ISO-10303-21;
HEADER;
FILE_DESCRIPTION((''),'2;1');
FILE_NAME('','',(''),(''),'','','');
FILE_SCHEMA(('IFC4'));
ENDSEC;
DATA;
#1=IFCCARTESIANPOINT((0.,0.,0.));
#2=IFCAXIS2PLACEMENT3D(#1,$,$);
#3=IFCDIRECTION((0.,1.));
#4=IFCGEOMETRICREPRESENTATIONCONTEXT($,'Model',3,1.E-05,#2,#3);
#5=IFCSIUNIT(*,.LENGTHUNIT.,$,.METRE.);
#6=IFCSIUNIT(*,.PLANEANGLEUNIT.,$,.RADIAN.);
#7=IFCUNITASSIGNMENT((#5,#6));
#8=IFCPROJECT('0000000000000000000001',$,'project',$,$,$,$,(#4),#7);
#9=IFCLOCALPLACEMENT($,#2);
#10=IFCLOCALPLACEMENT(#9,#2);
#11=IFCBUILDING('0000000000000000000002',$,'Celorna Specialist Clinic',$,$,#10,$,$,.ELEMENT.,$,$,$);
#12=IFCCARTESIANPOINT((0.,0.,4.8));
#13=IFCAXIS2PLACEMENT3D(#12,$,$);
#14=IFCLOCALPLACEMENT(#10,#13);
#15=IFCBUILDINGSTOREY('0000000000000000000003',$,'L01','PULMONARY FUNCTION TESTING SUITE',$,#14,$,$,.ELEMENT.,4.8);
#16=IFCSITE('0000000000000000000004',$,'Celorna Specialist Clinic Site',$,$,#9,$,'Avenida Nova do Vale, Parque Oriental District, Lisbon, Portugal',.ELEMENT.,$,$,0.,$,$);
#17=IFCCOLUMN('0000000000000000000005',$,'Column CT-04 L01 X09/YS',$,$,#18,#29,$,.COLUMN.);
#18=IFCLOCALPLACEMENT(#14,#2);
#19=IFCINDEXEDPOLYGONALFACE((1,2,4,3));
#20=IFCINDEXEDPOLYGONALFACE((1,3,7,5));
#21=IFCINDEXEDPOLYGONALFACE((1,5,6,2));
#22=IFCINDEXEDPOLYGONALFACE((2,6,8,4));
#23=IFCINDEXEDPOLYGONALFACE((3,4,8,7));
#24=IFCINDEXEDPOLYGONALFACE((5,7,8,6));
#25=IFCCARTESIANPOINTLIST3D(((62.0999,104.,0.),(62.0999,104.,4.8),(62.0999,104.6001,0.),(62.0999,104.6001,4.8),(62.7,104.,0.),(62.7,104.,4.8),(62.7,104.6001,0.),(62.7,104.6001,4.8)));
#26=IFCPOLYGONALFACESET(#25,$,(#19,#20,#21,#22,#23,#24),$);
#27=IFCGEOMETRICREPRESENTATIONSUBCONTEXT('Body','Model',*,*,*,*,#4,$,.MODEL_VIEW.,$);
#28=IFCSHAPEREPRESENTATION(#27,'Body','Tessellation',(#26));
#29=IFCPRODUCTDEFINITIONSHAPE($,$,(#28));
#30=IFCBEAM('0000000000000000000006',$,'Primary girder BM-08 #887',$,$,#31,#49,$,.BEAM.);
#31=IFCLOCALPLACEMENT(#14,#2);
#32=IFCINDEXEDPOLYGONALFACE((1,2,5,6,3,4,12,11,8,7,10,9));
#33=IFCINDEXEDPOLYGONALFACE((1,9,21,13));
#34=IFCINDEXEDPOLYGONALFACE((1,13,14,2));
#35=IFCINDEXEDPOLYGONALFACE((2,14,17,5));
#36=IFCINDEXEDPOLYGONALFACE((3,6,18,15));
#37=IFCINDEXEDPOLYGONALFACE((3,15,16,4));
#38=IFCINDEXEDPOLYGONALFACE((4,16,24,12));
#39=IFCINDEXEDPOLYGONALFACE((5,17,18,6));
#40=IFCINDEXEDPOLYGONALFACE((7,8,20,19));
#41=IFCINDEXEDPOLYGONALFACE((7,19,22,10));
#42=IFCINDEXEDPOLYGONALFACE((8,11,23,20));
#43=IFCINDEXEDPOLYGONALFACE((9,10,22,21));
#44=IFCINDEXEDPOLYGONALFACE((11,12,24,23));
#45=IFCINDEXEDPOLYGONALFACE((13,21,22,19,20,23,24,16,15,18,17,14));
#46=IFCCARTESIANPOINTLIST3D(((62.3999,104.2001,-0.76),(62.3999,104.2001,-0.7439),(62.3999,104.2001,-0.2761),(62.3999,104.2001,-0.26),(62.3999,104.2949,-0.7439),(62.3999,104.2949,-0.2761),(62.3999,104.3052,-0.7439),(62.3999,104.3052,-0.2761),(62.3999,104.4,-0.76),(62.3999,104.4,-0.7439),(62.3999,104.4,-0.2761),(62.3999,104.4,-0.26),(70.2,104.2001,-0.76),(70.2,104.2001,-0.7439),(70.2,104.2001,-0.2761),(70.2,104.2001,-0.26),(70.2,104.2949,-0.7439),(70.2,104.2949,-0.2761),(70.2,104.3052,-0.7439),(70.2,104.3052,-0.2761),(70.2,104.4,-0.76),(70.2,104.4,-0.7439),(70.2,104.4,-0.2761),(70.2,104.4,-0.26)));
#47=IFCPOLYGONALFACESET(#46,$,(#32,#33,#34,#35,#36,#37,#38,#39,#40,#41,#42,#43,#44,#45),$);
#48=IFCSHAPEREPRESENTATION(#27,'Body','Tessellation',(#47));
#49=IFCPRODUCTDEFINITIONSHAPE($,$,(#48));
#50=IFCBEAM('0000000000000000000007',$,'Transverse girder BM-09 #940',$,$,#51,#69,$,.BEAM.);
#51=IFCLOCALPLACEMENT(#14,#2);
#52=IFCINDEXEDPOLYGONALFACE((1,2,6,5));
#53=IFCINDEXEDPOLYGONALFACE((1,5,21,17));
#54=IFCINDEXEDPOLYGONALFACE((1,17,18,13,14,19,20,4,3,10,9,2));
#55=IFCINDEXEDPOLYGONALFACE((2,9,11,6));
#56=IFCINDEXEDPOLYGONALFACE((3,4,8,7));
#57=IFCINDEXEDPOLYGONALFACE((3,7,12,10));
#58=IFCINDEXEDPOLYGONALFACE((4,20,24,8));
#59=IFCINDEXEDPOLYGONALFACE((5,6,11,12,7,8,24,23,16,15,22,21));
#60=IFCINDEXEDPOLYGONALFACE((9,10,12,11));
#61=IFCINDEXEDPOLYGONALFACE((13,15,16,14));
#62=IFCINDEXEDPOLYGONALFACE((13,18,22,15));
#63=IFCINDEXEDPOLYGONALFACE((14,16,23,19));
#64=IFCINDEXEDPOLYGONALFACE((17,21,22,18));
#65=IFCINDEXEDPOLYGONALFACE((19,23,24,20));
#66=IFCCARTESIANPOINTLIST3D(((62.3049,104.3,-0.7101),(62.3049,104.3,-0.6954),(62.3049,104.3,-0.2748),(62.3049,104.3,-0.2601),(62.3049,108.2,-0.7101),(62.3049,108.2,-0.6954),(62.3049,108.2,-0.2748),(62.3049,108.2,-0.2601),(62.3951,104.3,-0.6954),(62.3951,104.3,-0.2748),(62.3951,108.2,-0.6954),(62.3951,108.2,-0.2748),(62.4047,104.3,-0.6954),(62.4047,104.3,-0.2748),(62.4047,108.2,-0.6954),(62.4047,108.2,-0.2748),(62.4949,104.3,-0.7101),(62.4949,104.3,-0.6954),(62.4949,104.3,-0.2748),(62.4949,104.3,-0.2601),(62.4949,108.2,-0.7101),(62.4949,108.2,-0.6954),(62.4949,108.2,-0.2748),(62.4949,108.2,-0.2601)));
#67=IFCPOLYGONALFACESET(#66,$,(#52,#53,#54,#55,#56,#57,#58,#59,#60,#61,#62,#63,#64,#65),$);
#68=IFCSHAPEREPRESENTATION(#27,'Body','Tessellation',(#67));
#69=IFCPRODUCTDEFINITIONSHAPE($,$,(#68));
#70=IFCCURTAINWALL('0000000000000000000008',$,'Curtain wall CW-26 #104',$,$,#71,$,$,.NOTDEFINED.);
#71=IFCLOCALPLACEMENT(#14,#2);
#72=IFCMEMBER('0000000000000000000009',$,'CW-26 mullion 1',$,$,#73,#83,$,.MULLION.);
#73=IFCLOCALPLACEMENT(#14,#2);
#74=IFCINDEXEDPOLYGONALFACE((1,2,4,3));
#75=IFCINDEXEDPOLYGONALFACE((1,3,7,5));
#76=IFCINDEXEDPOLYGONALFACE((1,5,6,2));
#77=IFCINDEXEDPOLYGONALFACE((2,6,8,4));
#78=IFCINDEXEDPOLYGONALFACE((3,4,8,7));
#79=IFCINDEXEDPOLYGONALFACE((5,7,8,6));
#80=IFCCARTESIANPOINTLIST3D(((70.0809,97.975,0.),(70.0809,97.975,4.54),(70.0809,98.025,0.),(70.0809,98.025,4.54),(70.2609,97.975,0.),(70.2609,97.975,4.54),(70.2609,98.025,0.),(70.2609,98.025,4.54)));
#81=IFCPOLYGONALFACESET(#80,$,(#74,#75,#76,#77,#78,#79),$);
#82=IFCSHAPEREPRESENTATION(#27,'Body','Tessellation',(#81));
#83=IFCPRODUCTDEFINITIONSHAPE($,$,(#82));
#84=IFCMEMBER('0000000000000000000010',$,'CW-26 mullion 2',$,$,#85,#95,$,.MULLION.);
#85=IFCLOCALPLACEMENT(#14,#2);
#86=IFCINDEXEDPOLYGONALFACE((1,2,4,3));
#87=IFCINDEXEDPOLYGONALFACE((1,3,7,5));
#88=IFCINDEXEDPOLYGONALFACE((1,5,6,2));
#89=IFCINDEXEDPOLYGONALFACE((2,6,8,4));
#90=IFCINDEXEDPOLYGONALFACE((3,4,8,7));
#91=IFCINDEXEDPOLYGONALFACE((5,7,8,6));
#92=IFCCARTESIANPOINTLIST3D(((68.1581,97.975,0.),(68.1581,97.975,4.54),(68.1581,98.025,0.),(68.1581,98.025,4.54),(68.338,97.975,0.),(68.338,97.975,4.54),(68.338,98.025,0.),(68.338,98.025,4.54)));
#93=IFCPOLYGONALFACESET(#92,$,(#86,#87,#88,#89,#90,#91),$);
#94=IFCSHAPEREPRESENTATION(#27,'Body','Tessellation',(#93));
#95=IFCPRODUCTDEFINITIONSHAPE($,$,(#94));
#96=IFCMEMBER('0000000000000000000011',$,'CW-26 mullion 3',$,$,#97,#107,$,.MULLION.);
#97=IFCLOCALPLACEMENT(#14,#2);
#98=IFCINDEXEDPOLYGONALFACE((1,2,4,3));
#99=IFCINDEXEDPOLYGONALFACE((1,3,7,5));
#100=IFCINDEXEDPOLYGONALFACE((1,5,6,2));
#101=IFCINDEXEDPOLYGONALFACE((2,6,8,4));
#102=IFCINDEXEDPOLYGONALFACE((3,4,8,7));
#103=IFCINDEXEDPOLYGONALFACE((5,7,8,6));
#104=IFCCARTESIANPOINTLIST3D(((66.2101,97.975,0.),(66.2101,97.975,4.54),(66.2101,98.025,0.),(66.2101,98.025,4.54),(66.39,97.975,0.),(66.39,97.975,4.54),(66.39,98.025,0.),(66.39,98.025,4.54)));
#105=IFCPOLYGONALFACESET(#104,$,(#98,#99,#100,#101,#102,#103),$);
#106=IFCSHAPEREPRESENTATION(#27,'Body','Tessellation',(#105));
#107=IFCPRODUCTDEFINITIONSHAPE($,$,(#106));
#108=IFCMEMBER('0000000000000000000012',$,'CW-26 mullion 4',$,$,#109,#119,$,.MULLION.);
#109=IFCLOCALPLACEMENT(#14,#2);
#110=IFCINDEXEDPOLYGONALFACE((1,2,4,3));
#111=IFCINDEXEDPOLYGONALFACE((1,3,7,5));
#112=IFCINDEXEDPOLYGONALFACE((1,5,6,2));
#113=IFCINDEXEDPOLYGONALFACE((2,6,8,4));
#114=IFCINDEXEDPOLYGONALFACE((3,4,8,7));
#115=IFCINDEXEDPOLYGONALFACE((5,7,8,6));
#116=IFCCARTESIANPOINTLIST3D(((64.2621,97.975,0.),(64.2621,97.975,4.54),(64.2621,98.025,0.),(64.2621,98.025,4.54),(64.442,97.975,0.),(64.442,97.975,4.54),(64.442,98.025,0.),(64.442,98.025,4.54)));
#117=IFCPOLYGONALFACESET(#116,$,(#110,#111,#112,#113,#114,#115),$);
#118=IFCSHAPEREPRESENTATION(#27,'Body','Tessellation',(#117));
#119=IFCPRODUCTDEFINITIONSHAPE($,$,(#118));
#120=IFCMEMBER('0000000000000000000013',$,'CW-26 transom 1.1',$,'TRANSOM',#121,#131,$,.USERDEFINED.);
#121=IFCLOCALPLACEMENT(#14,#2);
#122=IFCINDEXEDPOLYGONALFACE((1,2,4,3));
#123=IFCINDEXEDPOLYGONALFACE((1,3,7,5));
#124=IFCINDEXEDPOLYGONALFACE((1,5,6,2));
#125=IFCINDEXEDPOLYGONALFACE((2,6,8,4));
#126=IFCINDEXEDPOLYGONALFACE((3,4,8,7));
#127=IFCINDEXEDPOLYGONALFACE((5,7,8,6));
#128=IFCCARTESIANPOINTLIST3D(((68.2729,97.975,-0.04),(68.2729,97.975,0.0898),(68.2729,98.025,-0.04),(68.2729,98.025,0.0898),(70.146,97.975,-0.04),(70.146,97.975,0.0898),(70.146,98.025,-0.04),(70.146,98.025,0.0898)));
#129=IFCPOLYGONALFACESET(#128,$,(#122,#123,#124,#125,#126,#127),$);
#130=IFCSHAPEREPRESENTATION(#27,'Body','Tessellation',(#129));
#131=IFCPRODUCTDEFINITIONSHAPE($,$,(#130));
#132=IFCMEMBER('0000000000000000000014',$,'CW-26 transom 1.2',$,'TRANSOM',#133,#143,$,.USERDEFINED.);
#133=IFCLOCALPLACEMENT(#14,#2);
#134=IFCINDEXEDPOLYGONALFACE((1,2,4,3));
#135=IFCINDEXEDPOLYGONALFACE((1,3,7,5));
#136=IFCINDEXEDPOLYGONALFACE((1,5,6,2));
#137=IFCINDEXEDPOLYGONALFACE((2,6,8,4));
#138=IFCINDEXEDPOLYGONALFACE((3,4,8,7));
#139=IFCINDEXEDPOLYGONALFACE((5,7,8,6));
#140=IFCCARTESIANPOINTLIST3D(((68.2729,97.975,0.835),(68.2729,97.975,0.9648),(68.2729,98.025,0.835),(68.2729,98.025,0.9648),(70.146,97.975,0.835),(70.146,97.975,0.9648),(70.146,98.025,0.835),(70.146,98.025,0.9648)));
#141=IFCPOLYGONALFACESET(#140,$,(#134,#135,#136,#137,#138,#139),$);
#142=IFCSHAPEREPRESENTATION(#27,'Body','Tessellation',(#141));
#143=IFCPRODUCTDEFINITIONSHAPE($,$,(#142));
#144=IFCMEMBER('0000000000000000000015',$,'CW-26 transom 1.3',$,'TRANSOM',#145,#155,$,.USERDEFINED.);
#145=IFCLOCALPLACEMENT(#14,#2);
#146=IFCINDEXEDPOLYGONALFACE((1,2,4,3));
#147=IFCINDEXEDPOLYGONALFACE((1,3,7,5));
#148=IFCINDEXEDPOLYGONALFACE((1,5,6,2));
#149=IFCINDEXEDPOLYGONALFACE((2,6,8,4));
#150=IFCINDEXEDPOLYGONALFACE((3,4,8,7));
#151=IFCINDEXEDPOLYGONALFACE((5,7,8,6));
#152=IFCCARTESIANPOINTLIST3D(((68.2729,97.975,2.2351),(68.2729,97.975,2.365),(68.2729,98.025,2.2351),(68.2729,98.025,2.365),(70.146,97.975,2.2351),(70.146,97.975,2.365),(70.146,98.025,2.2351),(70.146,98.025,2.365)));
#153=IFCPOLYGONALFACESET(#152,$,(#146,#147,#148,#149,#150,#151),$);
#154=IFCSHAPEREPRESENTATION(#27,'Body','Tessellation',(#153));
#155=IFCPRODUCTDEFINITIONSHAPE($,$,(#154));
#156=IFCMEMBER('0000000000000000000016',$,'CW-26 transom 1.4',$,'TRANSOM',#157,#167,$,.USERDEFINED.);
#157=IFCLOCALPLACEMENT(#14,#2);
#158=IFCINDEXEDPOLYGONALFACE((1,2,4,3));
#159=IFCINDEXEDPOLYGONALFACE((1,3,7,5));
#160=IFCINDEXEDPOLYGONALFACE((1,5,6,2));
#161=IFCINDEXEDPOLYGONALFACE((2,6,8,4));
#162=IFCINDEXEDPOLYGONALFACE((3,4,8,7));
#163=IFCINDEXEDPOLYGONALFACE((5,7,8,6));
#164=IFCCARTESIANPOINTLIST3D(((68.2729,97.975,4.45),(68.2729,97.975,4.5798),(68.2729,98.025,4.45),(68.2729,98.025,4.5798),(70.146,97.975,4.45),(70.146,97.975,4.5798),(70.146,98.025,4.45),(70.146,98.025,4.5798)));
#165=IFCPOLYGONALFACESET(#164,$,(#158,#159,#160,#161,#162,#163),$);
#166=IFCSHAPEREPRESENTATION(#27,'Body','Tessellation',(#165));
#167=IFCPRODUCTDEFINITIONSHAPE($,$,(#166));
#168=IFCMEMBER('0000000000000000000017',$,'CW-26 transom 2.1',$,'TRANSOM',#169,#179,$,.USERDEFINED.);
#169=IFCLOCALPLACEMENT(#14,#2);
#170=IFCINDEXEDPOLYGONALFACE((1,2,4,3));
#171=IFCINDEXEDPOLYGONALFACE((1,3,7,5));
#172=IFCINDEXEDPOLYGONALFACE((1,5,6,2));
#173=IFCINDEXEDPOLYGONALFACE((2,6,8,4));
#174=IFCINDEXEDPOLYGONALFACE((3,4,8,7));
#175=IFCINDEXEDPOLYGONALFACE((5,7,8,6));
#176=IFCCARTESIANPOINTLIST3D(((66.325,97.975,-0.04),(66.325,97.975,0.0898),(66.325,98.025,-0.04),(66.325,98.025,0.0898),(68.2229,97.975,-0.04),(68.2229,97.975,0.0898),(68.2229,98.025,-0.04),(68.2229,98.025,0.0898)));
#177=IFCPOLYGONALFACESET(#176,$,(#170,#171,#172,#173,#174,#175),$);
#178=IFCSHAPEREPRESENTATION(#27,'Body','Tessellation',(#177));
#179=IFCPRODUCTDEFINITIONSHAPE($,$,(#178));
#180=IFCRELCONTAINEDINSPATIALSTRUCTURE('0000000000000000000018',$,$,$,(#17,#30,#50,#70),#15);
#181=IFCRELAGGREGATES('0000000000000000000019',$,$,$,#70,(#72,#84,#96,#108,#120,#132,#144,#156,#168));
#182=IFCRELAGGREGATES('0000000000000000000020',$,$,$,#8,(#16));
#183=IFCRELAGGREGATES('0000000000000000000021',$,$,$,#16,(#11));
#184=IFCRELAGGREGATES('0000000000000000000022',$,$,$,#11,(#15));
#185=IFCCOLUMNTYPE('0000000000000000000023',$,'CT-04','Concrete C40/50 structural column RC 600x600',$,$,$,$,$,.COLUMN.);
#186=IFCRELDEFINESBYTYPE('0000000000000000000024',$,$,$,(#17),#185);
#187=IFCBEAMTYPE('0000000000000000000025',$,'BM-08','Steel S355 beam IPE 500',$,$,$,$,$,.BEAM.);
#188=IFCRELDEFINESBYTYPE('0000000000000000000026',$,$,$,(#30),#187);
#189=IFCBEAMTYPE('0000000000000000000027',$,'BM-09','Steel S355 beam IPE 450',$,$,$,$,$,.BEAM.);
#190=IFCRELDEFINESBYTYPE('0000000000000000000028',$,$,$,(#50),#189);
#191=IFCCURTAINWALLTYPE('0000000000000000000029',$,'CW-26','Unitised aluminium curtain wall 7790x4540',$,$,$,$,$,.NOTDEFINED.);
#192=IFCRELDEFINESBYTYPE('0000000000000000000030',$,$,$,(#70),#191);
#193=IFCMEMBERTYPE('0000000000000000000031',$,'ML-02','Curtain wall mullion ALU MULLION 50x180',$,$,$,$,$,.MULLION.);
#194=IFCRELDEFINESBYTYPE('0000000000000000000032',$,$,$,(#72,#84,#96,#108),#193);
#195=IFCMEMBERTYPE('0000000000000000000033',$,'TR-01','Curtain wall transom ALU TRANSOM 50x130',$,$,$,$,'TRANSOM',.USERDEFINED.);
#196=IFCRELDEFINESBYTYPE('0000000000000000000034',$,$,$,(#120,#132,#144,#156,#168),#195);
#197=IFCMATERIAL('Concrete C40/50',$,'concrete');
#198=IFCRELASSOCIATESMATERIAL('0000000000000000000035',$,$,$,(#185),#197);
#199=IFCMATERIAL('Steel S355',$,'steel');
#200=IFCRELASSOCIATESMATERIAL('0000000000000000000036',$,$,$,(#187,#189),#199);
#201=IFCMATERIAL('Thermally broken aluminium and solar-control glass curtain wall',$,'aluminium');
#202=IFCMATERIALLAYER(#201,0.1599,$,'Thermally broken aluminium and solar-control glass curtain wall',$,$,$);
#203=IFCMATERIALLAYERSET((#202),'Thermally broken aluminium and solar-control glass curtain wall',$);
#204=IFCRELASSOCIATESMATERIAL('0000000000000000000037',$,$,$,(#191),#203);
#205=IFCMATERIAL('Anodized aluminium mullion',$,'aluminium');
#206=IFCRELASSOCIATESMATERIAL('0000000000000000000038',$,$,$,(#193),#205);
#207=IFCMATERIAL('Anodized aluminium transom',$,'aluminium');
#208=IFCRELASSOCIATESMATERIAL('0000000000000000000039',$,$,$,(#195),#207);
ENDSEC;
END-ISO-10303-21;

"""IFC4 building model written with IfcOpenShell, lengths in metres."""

from ifc_helpers import new_model, si_unit, direction, frame, origin, origin_2d, place, context, subcontext, project, spatial, rectangle, i_section, extrude, material, layer, layer_set, material_profile, profile_set, type_object, element, aggregate, save


model = new_model("IFC4")

# Units and contexts
model_context = context("Model", 3, precision=1e-05, world=origin(), true_north=direction((0.0, 1.0)))
body_context = subcontext(model_context, "Body", "Model", "MODEL_VIEW")
ifc_project = project(units=[si_unit("LENGTHUNIT", "METRE"), si_unit("PLANEANGLEUNIT", "RADIAN")], contexts=[model_context])

# Site, building, storey
site_placement = place(None, origin())
site = spatial("IfcSite", under=ifc_project, at=site_placement, Name="Celorna Specialist Clinic Site", LongName="Avenida Nova do Vale, Parque Oriental District, Lisbon, Portugal", CompositionType="ELEMENT", RefElevation=0.0)
building_placement = place(site_placement, origin())
building = spatial("IfcBuilding", under=site, at=building_placement, Name="Celorna Specialist Clinic", CompositionType="ELEMENT")
storey_placement = place(building_placement, frame((0.0, 0.0, 4.8)))
storey = spatial("IfcBuildingStorey", under=building, at=storey_placement, Name="L01", Description="PULMONARY FUNCTION TESTING SUITE", CompositionType="ELEMENT", Elevation=4.8)

# Column
ifc_material_1 = material(Name="Concrete C40/50", Category="concrete")
ifc_material_profile_1 = material_profile(ifc_material_1, rectangle(XDim=0.6001, YDim=0.6001, at=origin_2d()), Name="RC 600x600")
ifc_profile_set_1 = profile_set([ifc_material_profile_1], Name="Concrete C40/50")
column_type = type_object("IfcColumnType", Name="CT-04", Description="Concrete C40/50 structural column RC 600x600", PredefinedType="COLUMN", material=ifc_profile_set_1)
column_placement = place(storey_placement, frame((62.3999, 104.3, 0.0), z_axis=(0.0, 0.0, 1.0), x_axis=(1.0, 0.0, 0.0)))
element("IfcColumn", 1, at=column_placement, inside=storey, type_object=column_type, Name="Column CT-04 L01 X09/YS", PredefinedType="COLUMN", context=body_context, shape_type="SweptSolid", body=[
    extrude(rectangle(XDim=0.6001, YDim=0.6001, at=origin_2d()), origin(), (0.0, 0.0, 1.0), 4.8),
])

# Beams
ifc_material_2 = material(Name="Steel S355", Category="steel")
ifc_material_profile_2 = material_profile(ifc_material_2, i_section(OverallWidth=0.2, OverallDepth=0.5, WebThickness=0.0103, FlangeThickness=0.0161, at=origin_2d()), Name="IPE 500")
ifc_profile_set_2 = profile_set([ifc_material_profile_2], Name="Steel S355")
beam_type_1 = type_object("IfcBeamType", Name="BM-08", Description="Steel S355 beam IPE 500", PredefinedType="BEAM", material=ifc_profile_set_2)
beam_1_placement = place(storey_placement, frame((62.3999, 104.3, -0.51), z_axis=(1.0, 0.0, 0.0), x_axis=(0.0, 1.0, 0.0)))
element("IfcBeam", 2, at=beam_1_placement, inside=storey, type_object=beam_type_1, Name="Primary girder BM-08 #887", PredefinedType="BEAM", context=body_context, shape_type="SweptSolid", body=[
    extrude(i_section(OverallWidth=0.2, OverallDepth=0.5, WebThickness=0.0103, FlangeThickness=0.0161, at=origin_2d()), origin(), (0.0, 0.0, 1.0), 7.8),
])
ifc_material_profile_3 = material_profile(ifc_material_2, i_section(OverallWidth=0.1899, OverallDepth=0.45, WebThickness=0.0095, FlangeThickness=0.0146, at=origin_2d()), Name="IPE 450")
ifc_profile_set_3 = profile_set([ifc_material_profile_3], Name="Steel S355")
beam_type_2 = type_object("IfcBeamType", Name="BM-09", Description="Steel S355 beam IPE 450", PredefinedType="BEAM", material=ifc_profile_set_3)
beam_2_placement = place(storey_placement, frame((62.3999, 104.3, -0.4851), z_axis=(0.0, 1.0, 0.0), x_axis=(-1.0, 0.0, 0.0)))
element("IfcBeam", 3, at=beam_2_placement, inside=storey, type_object=beam_type_2, Name="Transverse girder BM-09 #940", PredefinedType="BEAM", context=body_context, shape_type="SweptSolid", body=[
    extrude(i_section(OverallWidth=0.1899, OverallDepth=0.45, WebThickness=0.0095, FlangeThickness=0.0146, at=origin_2d()), origin(), (0.0, 0.0, 1.0), 3.8999),
])

# Curtain wall, members
ifc_material_3 = material(Name="Thermally broken aluminium and solar-control glass curtain wall", Category="aluminium")
ifc_layer_1 = layer(ifc_material_3, 0.1599, Name="Thermally broken aluminium and solar-control glass curtain wall")
ifc_layer_set_1 = layer_set([ifc_layer_1], Name="Thermally broken aluminium and solar-control glass curtain wall")
curtain_wall_type = type_object("IfcCurtainWallType", Name="CW-26", Description="Unitised aluminium curtain wall 7790x4540", PredefinedType="NOTDEFINED", material=ifc_layer_set_1)
curtain_wall_placement = place(storey_placement, origin())
curtain_wall = element("IfcCurtainWall", 4, at=curtain_wall_placement, inside=storey, type_object=curtain_wall_type, Name="Curtain wall CW-26 #104", PredefinedType="NOTDEFINED")
ifc_material_4 = material(Name="Anodized aluminium mullion", Category="aluminium")
ifc_material_profile_4 = material_profile(ifc_material_4, rectangle(XDim=0.05, YDim=0.1799, at=origin_2d()), Name="ALU MULLION 50x180")
ifc_profile_set_4 = profile_set([ifc_material_profile_4], Name="Anodized aluminium mullion")
member_type_1 = type_object("IfcMemberType", Name="ML-02", Description="Curtain wall mullion ALU MULLION 50x180", PredefinedType="MULLION", material=ifc_profile_set_4)
member_1_placement = place(storey_placement, frame((70.1709, 98.0, 0.0), z_axis=(0.0, 0.0, 1.0), x_axis=(0.0, -1.0, 0.0)))
member_1 = element("IfcMember", 5, at=member_1_placement, type_object=member_type_1, Name="CW-26 mullion 1", PredefinedType="MULLION", context=body_context, shape_type="SweptSolid", body=[
    extrude(rectangle(XDim=0.05, YDim=0.1799, at=origin_2d()), origin(), (0.0, 0.0, 1.0), 4.54),
])
member_2_placement = place(storey_placement, frame((68.248, 98.0, 0.0), z_axis=(0.0, 0.0, 1.0), x_axis=(0.0, -1.0, 0.0)))
member_2 = element("IfcMember", 6, at=member_2_placement, type_object=member_type_1, Name="CW-26 mullion 2", PredefinedType="MULLION", context=body_context, shape_type="SweptSolid", body=[
    extrude(rectangle(XDim=0.05, YDim=0.1799, at=origin_2d()), origin(), (0.0, 0.0, 1.0), 4.54),
])
member_3_placement = place(storey_placement, frame((66.3, 98.0, 0.0), z_axis=(0.0, 0.0, 1.0), x_axis=(0.0, -1.0, 0.0)))
member_3 = element("IfcMember", 7, at=member_3_placement, type_object=member_type_1, Name="CW-26 mullion 3", PredefinedType="MULLION", context=body_context, shape_type="SweptSolid", body=[
    extrude(rectangle(XDim=0.05, YDim=0.1799, at=origin_2d()), origin(), (0.0, 0.0, 1.0), 4.54),
])
member_4_placement = place(storey_placement, frame((64.3521, 98.0, 0.0), z_axis=(0.0, 0.0, 1.0), x_axis=(0.0, -1.0, 0.0)))
member_4 = element("IfcMember", 8, at=member_4_placement, type_object=member_type_1, Name="CW-26 mullion 4", PredefinedType="MULLION", context=body_context, shape_type="SweptSolid", body=[
    extrude(rectangle(XDim=0.05, YDim=0.1799, at=origin_2d()), origin(), (0.0, 0.0, 1.0), 4.54),
])
ifc_material_5 = material(Name="Anodized aluminium transom", Category="aluminium")
ifc_material_profile_5 = material_profile(ifc_material_5, rectangle(XDim=0.05, YDim=0.1299, at=origin_2d()), Name="ALU TRANSOM 50x130")
ifc_profile_set_5 = profile_set([ifc_material_profile_5], Name="Anodized aluminium transom")
member_type_2 = type_object("IfcMemberType", Name="TR-01", Description="Curtain wall transom ALU TRANSOM 50x130", ElementType="TRANSOM", PredefinedType="USERDEFINED", material=ifc_profile_set_5)
member_5_placement = place(storey_placement, frame((70.146, 98.0, 0.0249), z_axis=(-1.0, 0.0, 0.0), x_axis=(0.0, -1.0, 0.0)))
member_5 = element("IfcMember", 9, at=member_5_placement, type_object=member_type_2, Name="CW-26 transom 1.1", ObjectType="TRANSOM", PredefinedType="USERDEFINED", context=body_context, shape_type="SweptSolid", body=[
    extrude(rectangle(XDim=0.05, YDim=0.1299, at=origin_2d()), origin(), (0.0, 0.0, 1.0), 1.873),
])
member_6_placement = place(storey_placement, frame((70.146, 98.0, 0.8999), z_axis=(-1.0, 0.0, 0.0), x_axis=(0.0, -1.0, 0.0)))
member_6 = element("IfcMember", 10, at=member_6_placement, type_object=member_type_2, Name="CW-26 transom 1.2", ObjectType="TRANSOM", PredefinedType="USERDEFINED", context=body_context, shape_type="SweptSolid", body=[
    extrude(rectangle(XDim=0.05, YDim=0.1299, at=origin_2d()), origin(), (0.0, 0.0, 1.0), 1.873),
])
member_7_placement = place(storey_placement, frame((70.146, 98.0, 2.3), z_axis=(-1.0, 0.0, 0.0), x_axis=(0.0, -1.0, 0.0)))
member_7 = element("IfcMember", 11, at=member_7_placement, type_object=member_type_2, Name="CW-26 transom 1.3", ObjectType="TRANSOM", PredefinedType="USERDEFINED", context=body_context, shape_type="SweptSolid", body=[
    extrude(rectangle(XDim=0.05, YDim=0.1299, at=origin_2d()), origin(), (0.0, 0.0, 1.0), 1.873),
])
member_8_placement = place(storey_placement, frame((70.146, 98.0, 4.5149), z_axis=(-1.0, 0.0, 0.0), x_axis=(0.0, -1.0, 0.0)))
member_8 = element("IfcMember", 12, at=member_8_placement, type_object=member_type_2, Name="CW-26 transom 1.4", ObjectType="TRANSOM", PredefinedType="USERDEFINED", context=body_context, shape_type="SweptSolid", body=[
    extrude(rectangle(XDim=0.05, YDim=0.1299, at=origin_2d()), origin(), (0.0, 0.0, 1.0), 1.873),
])
member_9_placement = place(storey_placement, frame((68.2229, 98.0, 0.0249), z_axis=(-1.0, 0.0, 0.0), x_axis=(0.0, -1.0, 0.0)))
member_9 = element("IfcMember", 13, at=member_9_placement, type_object=member_type_2, Name="CW-26 transom 2.1", ObjectType="TRANSOM", PredefinedType="USERDEFINED", context=body_context, shape_type="SweptSolid", body=[
    extrude(rectangle(XDim=0.05, YDim=0.1299, at=origin_2d()), origin(), (0.0, 0.0, 1.0), 1.8979),
])
aggregate(curtain_wall, [member_1, member_2, member_3, member_4, member_5, member_6, member_7, member_8, member_9])

save(model, "model.ifc")
